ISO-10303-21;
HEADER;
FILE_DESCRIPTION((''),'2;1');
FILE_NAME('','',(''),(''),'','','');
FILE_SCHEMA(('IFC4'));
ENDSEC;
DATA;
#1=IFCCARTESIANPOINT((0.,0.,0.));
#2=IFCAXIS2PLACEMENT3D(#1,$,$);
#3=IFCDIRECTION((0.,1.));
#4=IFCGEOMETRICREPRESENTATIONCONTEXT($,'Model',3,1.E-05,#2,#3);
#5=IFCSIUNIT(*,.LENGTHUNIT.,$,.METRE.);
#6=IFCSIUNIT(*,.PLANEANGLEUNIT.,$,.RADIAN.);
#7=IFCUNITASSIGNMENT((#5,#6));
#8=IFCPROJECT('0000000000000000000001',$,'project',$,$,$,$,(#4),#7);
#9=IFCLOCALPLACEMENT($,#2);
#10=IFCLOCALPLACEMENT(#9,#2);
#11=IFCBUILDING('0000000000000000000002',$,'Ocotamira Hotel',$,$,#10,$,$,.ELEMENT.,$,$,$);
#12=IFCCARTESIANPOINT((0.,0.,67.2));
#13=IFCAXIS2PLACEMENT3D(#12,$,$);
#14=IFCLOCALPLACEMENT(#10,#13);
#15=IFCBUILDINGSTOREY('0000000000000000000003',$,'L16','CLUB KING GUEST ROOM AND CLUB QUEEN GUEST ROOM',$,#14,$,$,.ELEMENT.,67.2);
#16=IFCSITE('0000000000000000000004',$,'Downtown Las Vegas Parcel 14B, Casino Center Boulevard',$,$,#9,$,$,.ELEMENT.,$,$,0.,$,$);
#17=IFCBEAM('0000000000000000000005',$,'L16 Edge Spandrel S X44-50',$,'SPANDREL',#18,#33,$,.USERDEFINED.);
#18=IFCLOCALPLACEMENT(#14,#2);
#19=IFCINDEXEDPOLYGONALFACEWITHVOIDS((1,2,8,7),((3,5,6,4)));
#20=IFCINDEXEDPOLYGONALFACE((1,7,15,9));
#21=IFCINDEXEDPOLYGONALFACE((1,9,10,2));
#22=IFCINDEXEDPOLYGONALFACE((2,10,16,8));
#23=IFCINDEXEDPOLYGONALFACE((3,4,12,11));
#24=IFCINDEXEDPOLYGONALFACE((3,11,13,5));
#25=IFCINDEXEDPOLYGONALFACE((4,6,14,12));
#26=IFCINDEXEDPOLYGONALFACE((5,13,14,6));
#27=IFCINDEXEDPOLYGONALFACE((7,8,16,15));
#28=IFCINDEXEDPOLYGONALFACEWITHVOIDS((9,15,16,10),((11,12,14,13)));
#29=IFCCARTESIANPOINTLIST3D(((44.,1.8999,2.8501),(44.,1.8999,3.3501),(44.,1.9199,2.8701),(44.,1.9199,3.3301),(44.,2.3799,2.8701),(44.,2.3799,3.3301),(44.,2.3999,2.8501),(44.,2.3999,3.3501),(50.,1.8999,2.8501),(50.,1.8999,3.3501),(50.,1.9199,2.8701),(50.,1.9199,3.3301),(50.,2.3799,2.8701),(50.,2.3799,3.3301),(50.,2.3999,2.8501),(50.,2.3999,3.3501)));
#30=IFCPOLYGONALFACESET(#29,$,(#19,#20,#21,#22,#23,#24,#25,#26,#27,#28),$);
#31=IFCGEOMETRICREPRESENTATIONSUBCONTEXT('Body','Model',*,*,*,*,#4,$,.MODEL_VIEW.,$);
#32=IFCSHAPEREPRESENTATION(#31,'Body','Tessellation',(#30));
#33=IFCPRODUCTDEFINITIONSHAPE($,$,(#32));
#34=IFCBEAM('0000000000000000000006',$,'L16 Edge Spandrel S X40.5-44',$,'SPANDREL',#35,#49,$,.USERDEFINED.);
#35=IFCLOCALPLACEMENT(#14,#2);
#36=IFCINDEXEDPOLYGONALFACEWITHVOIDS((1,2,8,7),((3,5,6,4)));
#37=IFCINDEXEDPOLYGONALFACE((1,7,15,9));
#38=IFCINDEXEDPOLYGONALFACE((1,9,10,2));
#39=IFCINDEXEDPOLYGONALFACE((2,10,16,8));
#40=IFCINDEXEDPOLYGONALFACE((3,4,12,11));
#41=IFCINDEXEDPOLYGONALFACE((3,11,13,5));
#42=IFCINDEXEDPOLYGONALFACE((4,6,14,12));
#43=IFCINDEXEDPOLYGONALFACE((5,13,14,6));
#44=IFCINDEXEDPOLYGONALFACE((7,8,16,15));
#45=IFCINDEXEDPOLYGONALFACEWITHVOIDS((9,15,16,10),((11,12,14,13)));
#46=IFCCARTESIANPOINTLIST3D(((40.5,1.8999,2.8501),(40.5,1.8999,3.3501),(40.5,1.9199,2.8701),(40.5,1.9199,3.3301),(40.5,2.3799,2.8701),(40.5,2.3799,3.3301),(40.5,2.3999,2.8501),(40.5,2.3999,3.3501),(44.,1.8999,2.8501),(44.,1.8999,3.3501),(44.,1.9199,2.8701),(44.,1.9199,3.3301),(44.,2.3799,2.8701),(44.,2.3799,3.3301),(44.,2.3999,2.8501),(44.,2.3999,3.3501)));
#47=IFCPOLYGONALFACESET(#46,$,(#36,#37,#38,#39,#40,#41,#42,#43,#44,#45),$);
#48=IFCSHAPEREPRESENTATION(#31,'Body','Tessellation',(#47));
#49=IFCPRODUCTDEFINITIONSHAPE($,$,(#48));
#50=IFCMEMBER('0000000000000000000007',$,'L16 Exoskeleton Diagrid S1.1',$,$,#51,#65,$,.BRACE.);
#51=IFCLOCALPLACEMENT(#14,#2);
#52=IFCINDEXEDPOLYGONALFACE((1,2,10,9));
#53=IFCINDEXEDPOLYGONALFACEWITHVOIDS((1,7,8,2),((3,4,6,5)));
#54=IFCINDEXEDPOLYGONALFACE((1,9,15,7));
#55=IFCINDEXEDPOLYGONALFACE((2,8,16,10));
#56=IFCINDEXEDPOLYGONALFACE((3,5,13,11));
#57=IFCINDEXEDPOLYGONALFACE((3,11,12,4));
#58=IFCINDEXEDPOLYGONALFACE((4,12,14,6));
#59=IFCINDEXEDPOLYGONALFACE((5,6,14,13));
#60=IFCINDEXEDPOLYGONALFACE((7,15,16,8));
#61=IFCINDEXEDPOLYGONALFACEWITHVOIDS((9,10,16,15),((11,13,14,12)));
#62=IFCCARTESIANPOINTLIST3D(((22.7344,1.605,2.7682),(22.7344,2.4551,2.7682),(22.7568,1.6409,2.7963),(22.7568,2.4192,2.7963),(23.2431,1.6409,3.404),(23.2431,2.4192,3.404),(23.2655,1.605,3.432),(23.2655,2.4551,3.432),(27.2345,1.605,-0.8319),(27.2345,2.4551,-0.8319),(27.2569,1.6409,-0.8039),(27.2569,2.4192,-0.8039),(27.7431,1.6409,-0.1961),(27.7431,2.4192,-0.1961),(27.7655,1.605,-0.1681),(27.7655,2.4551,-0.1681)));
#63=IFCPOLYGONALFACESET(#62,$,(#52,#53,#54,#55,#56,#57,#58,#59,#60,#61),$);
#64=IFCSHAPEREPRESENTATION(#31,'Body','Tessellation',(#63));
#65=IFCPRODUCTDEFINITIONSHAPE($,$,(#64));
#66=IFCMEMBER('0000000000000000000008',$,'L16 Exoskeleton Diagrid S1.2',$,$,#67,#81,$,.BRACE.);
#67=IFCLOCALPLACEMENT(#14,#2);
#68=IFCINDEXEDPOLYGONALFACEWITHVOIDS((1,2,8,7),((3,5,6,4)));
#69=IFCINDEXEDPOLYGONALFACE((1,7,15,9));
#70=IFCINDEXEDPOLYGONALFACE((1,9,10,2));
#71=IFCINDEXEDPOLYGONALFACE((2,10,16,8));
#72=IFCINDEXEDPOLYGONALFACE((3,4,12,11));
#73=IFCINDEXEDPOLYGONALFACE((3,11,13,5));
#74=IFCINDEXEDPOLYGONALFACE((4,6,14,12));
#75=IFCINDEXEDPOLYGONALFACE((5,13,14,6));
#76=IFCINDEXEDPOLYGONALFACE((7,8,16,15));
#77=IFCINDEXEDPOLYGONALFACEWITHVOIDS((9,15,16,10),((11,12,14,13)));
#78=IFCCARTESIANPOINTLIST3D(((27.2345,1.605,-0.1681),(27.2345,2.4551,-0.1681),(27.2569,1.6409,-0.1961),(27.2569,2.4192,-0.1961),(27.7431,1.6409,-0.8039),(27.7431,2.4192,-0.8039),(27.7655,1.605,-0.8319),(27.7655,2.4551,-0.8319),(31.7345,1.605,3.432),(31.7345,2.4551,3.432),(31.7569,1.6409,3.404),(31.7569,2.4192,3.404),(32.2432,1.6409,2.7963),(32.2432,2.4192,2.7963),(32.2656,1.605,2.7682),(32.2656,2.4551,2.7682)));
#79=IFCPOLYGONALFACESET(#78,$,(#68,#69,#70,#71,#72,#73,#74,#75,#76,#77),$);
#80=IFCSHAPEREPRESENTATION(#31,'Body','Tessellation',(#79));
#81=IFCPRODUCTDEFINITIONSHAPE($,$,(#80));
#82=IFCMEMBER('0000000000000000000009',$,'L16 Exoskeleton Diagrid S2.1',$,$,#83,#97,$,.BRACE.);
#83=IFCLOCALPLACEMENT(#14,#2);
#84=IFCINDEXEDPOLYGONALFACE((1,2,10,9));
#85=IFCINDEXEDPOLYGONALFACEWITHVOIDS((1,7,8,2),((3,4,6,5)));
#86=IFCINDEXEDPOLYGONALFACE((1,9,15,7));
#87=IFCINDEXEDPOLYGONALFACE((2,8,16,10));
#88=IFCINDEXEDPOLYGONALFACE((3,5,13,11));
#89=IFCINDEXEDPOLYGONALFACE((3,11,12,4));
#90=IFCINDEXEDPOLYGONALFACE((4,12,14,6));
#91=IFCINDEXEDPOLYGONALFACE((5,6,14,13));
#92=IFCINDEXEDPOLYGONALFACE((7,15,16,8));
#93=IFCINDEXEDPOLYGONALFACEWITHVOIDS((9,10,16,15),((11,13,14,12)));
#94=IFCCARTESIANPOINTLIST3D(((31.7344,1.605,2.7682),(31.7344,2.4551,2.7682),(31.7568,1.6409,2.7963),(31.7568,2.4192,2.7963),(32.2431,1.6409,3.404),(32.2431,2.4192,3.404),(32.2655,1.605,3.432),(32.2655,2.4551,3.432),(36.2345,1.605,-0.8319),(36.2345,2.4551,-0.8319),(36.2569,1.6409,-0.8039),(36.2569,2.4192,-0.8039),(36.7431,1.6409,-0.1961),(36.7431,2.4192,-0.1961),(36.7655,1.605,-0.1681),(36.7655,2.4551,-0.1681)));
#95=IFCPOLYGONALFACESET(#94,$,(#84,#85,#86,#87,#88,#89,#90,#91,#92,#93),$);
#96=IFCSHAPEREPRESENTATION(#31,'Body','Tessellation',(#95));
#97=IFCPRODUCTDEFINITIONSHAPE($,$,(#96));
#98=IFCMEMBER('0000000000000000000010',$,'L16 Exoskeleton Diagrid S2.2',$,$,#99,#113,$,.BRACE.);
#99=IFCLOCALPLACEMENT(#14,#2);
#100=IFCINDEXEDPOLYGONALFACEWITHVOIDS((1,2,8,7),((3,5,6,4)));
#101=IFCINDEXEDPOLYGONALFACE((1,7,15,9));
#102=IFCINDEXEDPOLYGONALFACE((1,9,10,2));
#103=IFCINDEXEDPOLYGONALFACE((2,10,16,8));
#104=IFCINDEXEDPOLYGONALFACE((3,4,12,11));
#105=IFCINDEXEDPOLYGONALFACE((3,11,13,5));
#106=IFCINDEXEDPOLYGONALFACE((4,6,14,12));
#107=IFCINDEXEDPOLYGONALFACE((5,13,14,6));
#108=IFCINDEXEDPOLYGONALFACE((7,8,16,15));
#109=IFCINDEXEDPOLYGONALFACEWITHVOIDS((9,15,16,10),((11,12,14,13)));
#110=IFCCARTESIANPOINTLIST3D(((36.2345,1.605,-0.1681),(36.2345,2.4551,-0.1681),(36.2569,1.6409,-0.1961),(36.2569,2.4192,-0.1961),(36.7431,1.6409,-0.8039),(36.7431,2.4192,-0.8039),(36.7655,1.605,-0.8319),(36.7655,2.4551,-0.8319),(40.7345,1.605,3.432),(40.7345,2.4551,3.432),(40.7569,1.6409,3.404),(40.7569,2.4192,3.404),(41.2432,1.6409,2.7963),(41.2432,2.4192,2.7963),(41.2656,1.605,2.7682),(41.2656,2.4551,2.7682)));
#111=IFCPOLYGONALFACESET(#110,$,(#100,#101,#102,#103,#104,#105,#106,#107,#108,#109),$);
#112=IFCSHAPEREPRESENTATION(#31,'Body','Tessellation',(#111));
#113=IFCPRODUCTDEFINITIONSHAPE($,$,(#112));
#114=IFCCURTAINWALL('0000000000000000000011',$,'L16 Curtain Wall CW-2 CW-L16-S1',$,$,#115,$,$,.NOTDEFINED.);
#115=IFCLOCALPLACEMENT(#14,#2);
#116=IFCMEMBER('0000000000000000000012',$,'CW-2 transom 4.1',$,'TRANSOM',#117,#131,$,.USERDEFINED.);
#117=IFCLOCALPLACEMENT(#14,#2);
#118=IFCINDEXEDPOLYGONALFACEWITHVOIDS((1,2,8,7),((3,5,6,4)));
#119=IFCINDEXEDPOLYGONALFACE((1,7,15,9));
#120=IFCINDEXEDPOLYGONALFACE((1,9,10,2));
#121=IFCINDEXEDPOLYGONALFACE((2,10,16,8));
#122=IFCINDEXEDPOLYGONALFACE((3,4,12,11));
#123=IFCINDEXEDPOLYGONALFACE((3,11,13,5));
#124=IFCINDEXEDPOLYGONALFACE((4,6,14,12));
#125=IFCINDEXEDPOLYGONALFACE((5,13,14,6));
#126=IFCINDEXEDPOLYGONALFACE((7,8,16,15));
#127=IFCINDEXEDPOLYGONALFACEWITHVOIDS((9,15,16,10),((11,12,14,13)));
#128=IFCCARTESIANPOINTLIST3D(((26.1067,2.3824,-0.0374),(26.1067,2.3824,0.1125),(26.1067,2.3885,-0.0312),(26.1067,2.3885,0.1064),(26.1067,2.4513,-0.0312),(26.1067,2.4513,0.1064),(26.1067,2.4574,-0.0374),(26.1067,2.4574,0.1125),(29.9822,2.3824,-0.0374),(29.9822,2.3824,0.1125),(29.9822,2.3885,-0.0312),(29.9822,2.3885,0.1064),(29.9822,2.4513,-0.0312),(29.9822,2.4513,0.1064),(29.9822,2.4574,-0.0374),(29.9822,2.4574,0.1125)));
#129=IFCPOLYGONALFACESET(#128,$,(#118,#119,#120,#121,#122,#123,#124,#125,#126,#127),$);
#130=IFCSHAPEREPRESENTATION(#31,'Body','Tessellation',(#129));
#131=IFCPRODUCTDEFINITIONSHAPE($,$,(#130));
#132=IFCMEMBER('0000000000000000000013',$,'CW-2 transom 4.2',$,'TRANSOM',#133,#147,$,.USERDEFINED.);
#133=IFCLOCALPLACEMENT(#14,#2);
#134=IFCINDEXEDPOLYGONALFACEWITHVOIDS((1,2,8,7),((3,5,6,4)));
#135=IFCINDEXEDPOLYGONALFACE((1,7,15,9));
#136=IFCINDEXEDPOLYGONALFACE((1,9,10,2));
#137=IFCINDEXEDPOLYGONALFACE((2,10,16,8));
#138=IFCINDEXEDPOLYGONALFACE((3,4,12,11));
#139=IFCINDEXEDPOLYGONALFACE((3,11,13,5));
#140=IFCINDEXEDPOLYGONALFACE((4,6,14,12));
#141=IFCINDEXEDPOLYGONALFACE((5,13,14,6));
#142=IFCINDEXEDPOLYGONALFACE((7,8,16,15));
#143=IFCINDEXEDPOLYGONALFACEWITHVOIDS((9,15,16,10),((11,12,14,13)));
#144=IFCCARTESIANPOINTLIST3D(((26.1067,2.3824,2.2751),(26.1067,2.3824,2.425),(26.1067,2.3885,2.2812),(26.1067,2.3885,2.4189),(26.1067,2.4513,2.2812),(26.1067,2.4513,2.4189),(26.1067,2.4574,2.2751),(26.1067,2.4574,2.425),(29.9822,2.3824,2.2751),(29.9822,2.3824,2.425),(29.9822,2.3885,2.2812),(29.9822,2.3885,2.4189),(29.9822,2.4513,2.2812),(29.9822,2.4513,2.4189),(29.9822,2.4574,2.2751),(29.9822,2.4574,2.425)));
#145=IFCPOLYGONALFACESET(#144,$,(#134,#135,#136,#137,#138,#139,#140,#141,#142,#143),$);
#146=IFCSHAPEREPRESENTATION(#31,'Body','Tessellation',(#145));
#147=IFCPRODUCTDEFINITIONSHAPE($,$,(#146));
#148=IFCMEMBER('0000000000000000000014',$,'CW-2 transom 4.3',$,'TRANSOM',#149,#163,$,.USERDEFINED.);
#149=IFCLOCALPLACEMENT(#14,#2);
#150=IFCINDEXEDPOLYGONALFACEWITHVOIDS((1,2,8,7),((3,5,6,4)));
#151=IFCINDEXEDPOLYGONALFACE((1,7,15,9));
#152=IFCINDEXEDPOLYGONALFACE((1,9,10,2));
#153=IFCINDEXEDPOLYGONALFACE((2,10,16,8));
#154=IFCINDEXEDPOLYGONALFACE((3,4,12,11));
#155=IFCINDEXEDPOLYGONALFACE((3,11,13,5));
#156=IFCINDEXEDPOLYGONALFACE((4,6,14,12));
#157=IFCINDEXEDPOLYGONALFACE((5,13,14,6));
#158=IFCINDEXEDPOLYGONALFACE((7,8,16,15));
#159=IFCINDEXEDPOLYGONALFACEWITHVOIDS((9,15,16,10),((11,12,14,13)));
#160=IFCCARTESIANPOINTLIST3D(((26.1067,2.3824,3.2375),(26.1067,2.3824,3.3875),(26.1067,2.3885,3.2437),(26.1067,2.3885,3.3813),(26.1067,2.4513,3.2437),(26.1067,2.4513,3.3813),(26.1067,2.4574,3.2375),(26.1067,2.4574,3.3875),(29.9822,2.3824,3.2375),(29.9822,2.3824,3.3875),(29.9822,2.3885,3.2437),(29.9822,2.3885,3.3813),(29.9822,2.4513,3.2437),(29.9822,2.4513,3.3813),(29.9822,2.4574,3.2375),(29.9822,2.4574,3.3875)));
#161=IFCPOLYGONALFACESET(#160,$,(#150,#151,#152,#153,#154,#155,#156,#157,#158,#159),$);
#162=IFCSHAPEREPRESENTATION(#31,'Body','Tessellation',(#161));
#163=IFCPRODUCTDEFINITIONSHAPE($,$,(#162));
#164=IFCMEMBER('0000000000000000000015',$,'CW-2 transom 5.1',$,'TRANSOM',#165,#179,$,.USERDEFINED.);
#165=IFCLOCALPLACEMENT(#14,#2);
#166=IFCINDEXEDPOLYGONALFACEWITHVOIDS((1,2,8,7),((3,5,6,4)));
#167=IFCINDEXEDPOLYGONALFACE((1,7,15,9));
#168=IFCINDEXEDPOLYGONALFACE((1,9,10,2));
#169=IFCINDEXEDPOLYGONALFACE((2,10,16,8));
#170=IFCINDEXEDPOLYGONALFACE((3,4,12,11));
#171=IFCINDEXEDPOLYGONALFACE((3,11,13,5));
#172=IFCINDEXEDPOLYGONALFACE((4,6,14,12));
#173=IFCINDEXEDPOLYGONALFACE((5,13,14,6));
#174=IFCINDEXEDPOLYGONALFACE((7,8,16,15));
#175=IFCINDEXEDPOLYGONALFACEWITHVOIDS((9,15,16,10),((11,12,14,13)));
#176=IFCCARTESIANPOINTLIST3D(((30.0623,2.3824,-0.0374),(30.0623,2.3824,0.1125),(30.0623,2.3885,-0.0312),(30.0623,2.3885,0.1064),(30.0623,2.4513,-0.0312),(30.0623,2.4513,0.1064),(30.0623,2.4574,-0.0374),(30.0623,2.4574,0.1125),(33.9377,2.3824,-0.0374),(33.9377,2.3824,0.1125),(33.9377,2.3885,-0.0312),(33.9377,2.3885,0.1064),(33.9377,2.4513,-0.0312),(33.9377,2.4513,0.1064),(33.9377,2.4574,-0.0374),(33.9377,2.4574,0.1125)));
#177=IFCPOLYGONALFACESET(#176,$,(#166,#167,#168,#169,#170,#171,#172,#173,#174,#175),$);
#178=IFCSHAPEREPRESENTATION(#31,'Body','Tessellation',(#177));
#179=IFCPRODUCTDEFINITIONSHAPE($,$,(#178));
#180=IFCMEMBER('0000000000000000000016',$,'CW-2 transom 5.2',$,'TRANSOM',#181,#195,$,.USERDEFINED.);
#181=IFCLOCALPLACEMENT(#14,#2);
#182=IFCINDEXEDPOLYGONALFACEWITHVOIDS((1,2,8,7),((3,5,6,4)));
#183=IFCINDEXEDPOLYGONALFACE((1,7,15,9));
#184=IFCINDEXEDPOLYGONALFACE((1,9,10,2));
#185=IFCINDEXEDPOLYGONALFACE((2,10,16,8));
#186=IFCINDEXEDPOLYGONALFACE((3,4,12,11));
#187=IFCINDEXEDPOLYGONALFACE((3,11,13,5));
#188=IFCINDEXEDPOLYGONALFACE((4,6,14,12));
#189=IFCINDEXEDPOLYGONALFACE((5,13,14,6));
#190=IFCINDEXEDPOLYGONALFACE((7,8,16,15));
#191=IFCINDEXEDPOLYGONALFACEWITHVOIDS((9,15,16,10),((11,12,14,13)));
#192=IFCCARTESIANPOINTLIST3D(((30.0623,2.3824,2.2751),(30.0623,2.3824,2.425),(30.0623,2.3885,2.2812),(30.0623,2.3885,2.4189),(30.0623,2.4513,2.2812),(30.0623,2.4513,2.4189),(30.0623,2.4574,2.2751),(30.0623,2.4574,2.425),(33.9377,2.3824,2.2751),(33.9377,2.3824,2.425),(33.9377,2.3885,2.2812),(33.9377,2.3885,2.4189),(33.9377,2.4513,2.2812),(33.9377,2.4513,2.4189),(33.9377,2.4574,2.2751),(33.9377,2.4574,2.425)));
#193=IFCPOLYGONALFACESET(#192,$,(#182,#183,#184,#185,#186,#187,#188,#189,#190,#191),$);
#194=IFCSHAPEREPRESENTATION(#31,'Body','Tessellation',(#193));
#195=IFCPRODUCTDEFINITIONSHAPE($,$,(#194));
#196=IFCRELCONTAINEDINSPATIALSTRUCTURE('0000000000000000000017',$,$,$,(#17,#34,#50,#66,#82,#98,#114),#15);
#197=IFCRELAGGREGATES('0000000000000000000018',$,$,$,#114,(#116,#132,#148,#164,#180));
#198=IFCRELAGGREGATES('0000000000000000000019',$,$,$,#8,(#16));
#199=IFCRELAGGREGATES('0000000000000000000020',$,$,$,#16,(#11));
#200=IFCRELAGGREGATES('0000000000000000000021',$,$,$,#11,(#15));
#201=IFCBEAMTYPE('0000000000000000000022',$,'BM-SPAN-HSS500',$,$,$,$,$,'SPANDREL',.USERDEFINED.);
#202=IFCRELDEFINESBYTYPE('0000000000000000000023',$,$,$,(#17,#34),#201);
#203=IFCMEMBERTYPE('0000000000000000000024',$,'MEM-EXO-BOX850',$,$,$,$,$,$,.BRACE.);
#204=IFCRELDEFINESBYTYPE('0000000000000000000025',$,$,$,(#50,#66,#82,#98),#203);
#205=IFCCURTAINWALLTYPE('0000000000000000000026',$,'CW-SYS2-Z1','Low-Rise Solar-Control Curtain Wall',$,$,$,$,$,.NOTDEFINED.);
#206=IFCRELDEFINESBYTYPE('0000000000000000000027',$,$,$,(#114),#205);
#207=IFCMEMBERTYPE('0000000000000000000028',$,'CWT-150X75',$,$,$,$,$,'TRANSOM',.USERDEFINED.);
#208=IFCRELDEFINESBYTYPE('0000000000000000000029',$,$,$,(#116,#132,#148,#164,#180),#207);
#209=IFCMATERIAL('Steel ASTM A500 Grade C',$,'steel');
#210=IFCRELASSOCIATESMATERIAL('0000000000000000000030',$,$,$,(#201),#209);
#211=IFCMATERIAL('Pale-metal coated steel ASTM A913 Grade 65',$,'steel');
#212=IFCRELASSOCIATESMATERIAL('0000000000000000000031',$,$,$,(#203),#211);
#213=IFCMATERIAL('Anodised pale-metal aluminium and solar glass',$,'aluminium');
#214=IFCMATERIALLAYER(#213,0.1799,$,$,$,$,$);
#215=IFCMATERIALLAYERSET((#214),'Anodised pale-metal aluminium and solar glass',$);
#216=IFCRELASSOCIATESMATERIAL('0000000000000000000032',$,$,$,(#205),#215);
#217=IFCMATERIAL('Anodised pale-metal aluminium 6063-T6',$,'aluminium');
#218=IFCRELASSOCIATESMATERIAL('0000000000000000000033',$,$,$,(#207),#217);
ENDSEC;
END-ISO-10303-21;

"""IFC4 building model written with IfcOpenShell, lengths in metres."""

from ifc_helpers import new_model, si_unit, direction, frame, origin, origin_2d, place, context, subcontext, project, spatial, hollow_rectangle, extrude, source, transform, mapped, material, layer, layer_set, material_profile, profile_set, type_object, element, aggregate, save


model = new_model("IFC4")

# Units and contexts
model_context = context("Model", 3, precision=1e-05, world=origin(), true_north=direction((0.0, 1.0)))
body_context = subcontext(model_context, "Body", "Model", "MODEL_VIEW")
ifc_project = project(units=[si_unit("LENGTHUNIT", "METRE"), si_unit("PLANEANGLEUNIT", "RADIAN")], contexts=[model_context])

# Site, building, storey
site_placement = place(None, origin())
site = spatial("IfcSite", under=ifc_project, at=site_placement, Name="Downtown Las Vegas Parcel 14B, Casino Center Boulevard", CompositionType="ELEMENT", RefElevation=0.0)
building_placement = place(site_placement, origin())
building = spatial("IfcBuilding", under=site, at=building_placement, Name="Ocotamira Hotel", CompositionType="ELEMENT")
storey_placement = place(building_placement, frame((0.0, 0.0, 67.2)))
storey = spatial("IfcBuildingStorey", under=building, at=storey_placement, Name="L16", Description="CLUB KING GUEST ROOM AND CLUB QUEEN GUEST ROOM", CompositionType="ELEMENT", Elevation=67.2)

# Beams
ifc_material_1 = material(Name="Steel ASTM A500 Grade C", Category="steel")
ifc_material_profile_1 = material_profile(ifc_material_1, hollow_rectangle(XDim=0.5, YDim=0.5, WallThickness=0.02, at=origin_2d()), Name="HSS500X500X20")
ifc_profile_set_1 = profile_set([ifc_material_profile_1], Name="Steel ASTM A500 Grade C")
beam_type = type_object("IfcBeamType", Name="BM-SPAN-HSS500", ElementType="SPANDREL", PredefinedType="USERDEFINED", material=ifc_profile_set_1)
shared_shape_1 = source(origin(), body_context, "Body", "SweptSolid", [
    extrude(hollow_rectangle(XDim=0.5, YDim=0.5, WallThickness=0.02, at=origin_2d()), origin(), (0.0, 0.0, 1.0), 6.0),
])
beam_1_placement = place(storey_placement, frame((44.0, 2.1499, 3.1001), z_axis=(1.0, 0.0, 0.0), x_axis=(0.0, 1.0, 0.0)))
element("IfcBeam", 1, at=beam_1_placement, inside=storey, type_object=beam_type, Name="L16 Edge Spandrel S X44-50", ObjectType="SPANDREL", PredefinedType="USERDEFINED", context=body_context, shape_type="MappedRepresentation", body=[
    mapped(shared_shape_1, transform((0.0, 0.0, 0.0), scale=1.0)),
])
shared_shape_2 = source(origin(), body_context, "Body", "SweptSolid", [
    extrude(hollow_rectangle(XDim=0.5, YDim=0.5, WallThickness=0.02, at=origin_2d()), origin(), (0.0, 0.0, 1.0), 3.5),
])
beam_2_placement = place(storey_placement, frame((40.5, 2.1499, 3.1001), z_axis=(1.0, 0.0, 0.0), x_axis=(0.0, 1.0, 0.0)))
element("IfcBeam", 2, at=beam_2_placement, inside=storey, type_object=beam_type, Name="L16 Edge Spandrel S X40.5-44", ObjectType="SPANDREL", PredefinedType="USERDEFINED", context=body_context, shape_type="MappedRepresentation", body=[
    mapped(shared_shape_2, transform((0.0, 0.0, 0.0), scale=1.0)),
])

# Members
ifc_material_2 = material(Name="Pale-metal coated steel ASTM A913 Grade 65", Category="steel")
ifc_material_profile_2 = material_profile(ifc_material_2, hollow_rectangle(XDim=0.8501, YDim=0.8501, WallThickness=0.0359, at=origin_2d()), Name="BOX850X850X36")
ifc_profile_set_2 = profile_set([ifc_material_profile_2], Name="Pale-metal coated steel ASTM A913 Grade 65")
member_type_1 = type_object("IfcMemberType", Name="MEM-EXO-BOX850", PredefinedType="BRACE", material=ifc_profile_set_2)
shared_shape_3 = source(origin(), body_context, "Body", "SweptSolid", [
    extrude(hollow_rectangle(XDim=0.8501, YDim=0.8501, WallThickness=0.0359, at=origin_2d()), origin(), (0.0, 0.0, 1.0), 5.7629),
])
for number, where, z_axis, x_axis, name in (
    (3, (27.5, 2.03, -0.5), (-0.780861, 0.0, 0.624705), (0.0, -1.0, 0.0), "L16 Exoskeleton Diagrid S1.1"),
    (4, (27.5, 2.03, -0.5), (0.780861, 0.0, 0.624705), (0.0, 1.0, 0.0), "L16 Exoskeleton Diagrid S1.2"),
    (5, (36.5, 2.03, -0.5), (-0.780861, 0.0, 0.624705), (0.0, -1.0, 0.0), "L16 Exoskeleton Diagrid S2.1"),
    (6, (36.5, 2.03, -0.5), (0.780861, 0.0, 0.624705), (0.0, 1.0, 0.0), "L16 Exoskeleton Diagrid S2.2"),
):
    element("IfcMember", number, at=place(storey_placement, frame(where, z_axis=z_axis, x_axis=x_axis)), inside=storey, type_object=member_type_1, Name=name, PredefinedType="BRACE", context=body_context, shape_type="MappedRepresentation", body=[
        mapped(shared_shape_3, transform((0.0, 0.0, 0.0), scale=1.0)),
    ])

# Curtain wall, members
ifc_material_3 = material(Name="Anodised pale-metal aluminium and solar glass", Category="aluminium")
ifc_layer_1 = layer(ifc_material_3, 0.1799)
ifc_layer_set_1 = layer_set([ifc_layer_1], Name="Anodised pale-metal aluminium and solar glass")
curtain_wall_type = type_object("IfcCurtainWallType", Name="CW-SYS2-Z1", Description="Low-Rise Solar-Control Curtain Wall", PredefinedType="NOTDEFINED", material=ifc_layer_set_1)
curtain_wall_placement = place(storey_placement, origin())
curtain_wall = element("IfcCurtainWall", 7, at=curtain_wall_placement, inside=storey, type_object=curtain_wall_type, Name="L16 Curtain Wall CW-2 CW-L16-S1", PredefinedType="NOTDEFINED")
ifc_material_4 = material(Name="Anodised pale-metal aluminium 6063-T6", Category="aluminium")
ifc_material_profile_3 = material_profile(ifc_material_4, hollow_rectangle(XDim=0.075, YDim=0.1499, WallThickness=0.0061, at=origin_2d()), Name="HSS150X75X6")
ifc_profile_set_3 = profile_set([ifc_material_profile_3], Name="Anodised pale-metal aluminium 6063-T6")
member_type_2 = type_object("IfcMemberType", Name="CWT-150X75", ElementType="TRANSOM", PredefinedType="USERDEFINED", material=ifc_profile_set_3)
shared_shape_4 = source(origin(), body_context, "Body", "SweptSolid", [
    extrude(hollow_rectangle(XDim=0.075, YDim=0.1499, WallThickness=0.0061, at=origin_2d()), origin(), (0.0, 0.0, 1.0), 3.8755),
])
member_1_placement = place(storey_placement, frame((26.1067, 2.4199, 0.0376), z_axis=(1.0, 0.0, 0.0), x_axis=(0.0, 1.0, 0.0)))
member_1 = element("IfcMember", 8, at=member_1_placement, type_object=member_type_2, Name="CW-2 transom 4.1", ObjectType="TRANSOM", PredefinedType="USERDEFINED", context=body_context, shape_type="MappedRepresentation", body=[
    mapped(shared_shape_4, transform((0.0, 0.0, 0.0), scale=1.0)),
])
member_2_placement = place(storey_placement, frame((26.1067, 2.4199, 2.3501), z_axis=(1.0, 0.0, 0.0), x_axis=(0.0, 1.0, 0.0)))
member_2 = element("IfcMember", 9, at=member_2_placement, type_object=member_type_2, Name="CW-2 transom 4.2", ObjectType="TRANSOM", PredefinedType="USERDEFINED", context=body_context, shape_type="MappedRepresentation", body=[
    mapped(shared_shape_4, transform((0.0, 0.0, 0.0), scale=1.0)),
])
member_3_placement = place(storey_placement, frame((26.1067, 2.4199, 3.3125), z_axis=(1.0, 0.0, 0.0), x_axis=(0.0, 1.0, 0.0)))
member_3 = element("IfcMember", 10, at=member_3_placement, type_object=member_type_2, Name="CW-2 transom 4.3", ObjectType="TRANSOM", PredefinedType="USERDEFINED", context=body_context, shape_type="MappedRepresentation", body=[
    mapped(shared_shape_4, transform((0.0, 0.0, 0.0), scale=1.0)),
])
member_4_placement = place(storey_placement, frame((30.0623, 2.4199, 0.0376), z_axis=(1.0, 0.0, 0.0), x_axis=(0.0, 1.0, 0.0)))
member_4 = element("IfcMember", 11, at=member_4_placement, type_object=member_type_2, Name="CW-2 transom 5.1", ObjectType="TRANSOM", PredefinedType="USERDEFINED", context=body_context, shape_type="MappedRepresentation", body=[
    mapped(shared_shape_4, transform((0.0, 0.0, 0.0), scale=1.0)),
])
member_5_placement = place(storey_placement, frame((30.0623, 2.4199, 2.3501), z_axis=(1.0, 0.0, 0.0), x_axis=(0.0, 1.0, 0.0)))
member_5 = element("IfcMember", 12, at=member_5_placement, type_object=member_type_2, Name="CW-2 transom 5.2", ObjectType="TRANSOM", PredefinedType="USERDEFINED", context=body_context, shape_type="MappedRepresentation", body=[
    mapped(shared_shape_4, transform((0.0, 0.0, 0.0), scale=1.0)),
])

aggregate(curtain_wall, [member_1, member_2, member_3, member_4, member_5])

save(model, "model.ifc")
